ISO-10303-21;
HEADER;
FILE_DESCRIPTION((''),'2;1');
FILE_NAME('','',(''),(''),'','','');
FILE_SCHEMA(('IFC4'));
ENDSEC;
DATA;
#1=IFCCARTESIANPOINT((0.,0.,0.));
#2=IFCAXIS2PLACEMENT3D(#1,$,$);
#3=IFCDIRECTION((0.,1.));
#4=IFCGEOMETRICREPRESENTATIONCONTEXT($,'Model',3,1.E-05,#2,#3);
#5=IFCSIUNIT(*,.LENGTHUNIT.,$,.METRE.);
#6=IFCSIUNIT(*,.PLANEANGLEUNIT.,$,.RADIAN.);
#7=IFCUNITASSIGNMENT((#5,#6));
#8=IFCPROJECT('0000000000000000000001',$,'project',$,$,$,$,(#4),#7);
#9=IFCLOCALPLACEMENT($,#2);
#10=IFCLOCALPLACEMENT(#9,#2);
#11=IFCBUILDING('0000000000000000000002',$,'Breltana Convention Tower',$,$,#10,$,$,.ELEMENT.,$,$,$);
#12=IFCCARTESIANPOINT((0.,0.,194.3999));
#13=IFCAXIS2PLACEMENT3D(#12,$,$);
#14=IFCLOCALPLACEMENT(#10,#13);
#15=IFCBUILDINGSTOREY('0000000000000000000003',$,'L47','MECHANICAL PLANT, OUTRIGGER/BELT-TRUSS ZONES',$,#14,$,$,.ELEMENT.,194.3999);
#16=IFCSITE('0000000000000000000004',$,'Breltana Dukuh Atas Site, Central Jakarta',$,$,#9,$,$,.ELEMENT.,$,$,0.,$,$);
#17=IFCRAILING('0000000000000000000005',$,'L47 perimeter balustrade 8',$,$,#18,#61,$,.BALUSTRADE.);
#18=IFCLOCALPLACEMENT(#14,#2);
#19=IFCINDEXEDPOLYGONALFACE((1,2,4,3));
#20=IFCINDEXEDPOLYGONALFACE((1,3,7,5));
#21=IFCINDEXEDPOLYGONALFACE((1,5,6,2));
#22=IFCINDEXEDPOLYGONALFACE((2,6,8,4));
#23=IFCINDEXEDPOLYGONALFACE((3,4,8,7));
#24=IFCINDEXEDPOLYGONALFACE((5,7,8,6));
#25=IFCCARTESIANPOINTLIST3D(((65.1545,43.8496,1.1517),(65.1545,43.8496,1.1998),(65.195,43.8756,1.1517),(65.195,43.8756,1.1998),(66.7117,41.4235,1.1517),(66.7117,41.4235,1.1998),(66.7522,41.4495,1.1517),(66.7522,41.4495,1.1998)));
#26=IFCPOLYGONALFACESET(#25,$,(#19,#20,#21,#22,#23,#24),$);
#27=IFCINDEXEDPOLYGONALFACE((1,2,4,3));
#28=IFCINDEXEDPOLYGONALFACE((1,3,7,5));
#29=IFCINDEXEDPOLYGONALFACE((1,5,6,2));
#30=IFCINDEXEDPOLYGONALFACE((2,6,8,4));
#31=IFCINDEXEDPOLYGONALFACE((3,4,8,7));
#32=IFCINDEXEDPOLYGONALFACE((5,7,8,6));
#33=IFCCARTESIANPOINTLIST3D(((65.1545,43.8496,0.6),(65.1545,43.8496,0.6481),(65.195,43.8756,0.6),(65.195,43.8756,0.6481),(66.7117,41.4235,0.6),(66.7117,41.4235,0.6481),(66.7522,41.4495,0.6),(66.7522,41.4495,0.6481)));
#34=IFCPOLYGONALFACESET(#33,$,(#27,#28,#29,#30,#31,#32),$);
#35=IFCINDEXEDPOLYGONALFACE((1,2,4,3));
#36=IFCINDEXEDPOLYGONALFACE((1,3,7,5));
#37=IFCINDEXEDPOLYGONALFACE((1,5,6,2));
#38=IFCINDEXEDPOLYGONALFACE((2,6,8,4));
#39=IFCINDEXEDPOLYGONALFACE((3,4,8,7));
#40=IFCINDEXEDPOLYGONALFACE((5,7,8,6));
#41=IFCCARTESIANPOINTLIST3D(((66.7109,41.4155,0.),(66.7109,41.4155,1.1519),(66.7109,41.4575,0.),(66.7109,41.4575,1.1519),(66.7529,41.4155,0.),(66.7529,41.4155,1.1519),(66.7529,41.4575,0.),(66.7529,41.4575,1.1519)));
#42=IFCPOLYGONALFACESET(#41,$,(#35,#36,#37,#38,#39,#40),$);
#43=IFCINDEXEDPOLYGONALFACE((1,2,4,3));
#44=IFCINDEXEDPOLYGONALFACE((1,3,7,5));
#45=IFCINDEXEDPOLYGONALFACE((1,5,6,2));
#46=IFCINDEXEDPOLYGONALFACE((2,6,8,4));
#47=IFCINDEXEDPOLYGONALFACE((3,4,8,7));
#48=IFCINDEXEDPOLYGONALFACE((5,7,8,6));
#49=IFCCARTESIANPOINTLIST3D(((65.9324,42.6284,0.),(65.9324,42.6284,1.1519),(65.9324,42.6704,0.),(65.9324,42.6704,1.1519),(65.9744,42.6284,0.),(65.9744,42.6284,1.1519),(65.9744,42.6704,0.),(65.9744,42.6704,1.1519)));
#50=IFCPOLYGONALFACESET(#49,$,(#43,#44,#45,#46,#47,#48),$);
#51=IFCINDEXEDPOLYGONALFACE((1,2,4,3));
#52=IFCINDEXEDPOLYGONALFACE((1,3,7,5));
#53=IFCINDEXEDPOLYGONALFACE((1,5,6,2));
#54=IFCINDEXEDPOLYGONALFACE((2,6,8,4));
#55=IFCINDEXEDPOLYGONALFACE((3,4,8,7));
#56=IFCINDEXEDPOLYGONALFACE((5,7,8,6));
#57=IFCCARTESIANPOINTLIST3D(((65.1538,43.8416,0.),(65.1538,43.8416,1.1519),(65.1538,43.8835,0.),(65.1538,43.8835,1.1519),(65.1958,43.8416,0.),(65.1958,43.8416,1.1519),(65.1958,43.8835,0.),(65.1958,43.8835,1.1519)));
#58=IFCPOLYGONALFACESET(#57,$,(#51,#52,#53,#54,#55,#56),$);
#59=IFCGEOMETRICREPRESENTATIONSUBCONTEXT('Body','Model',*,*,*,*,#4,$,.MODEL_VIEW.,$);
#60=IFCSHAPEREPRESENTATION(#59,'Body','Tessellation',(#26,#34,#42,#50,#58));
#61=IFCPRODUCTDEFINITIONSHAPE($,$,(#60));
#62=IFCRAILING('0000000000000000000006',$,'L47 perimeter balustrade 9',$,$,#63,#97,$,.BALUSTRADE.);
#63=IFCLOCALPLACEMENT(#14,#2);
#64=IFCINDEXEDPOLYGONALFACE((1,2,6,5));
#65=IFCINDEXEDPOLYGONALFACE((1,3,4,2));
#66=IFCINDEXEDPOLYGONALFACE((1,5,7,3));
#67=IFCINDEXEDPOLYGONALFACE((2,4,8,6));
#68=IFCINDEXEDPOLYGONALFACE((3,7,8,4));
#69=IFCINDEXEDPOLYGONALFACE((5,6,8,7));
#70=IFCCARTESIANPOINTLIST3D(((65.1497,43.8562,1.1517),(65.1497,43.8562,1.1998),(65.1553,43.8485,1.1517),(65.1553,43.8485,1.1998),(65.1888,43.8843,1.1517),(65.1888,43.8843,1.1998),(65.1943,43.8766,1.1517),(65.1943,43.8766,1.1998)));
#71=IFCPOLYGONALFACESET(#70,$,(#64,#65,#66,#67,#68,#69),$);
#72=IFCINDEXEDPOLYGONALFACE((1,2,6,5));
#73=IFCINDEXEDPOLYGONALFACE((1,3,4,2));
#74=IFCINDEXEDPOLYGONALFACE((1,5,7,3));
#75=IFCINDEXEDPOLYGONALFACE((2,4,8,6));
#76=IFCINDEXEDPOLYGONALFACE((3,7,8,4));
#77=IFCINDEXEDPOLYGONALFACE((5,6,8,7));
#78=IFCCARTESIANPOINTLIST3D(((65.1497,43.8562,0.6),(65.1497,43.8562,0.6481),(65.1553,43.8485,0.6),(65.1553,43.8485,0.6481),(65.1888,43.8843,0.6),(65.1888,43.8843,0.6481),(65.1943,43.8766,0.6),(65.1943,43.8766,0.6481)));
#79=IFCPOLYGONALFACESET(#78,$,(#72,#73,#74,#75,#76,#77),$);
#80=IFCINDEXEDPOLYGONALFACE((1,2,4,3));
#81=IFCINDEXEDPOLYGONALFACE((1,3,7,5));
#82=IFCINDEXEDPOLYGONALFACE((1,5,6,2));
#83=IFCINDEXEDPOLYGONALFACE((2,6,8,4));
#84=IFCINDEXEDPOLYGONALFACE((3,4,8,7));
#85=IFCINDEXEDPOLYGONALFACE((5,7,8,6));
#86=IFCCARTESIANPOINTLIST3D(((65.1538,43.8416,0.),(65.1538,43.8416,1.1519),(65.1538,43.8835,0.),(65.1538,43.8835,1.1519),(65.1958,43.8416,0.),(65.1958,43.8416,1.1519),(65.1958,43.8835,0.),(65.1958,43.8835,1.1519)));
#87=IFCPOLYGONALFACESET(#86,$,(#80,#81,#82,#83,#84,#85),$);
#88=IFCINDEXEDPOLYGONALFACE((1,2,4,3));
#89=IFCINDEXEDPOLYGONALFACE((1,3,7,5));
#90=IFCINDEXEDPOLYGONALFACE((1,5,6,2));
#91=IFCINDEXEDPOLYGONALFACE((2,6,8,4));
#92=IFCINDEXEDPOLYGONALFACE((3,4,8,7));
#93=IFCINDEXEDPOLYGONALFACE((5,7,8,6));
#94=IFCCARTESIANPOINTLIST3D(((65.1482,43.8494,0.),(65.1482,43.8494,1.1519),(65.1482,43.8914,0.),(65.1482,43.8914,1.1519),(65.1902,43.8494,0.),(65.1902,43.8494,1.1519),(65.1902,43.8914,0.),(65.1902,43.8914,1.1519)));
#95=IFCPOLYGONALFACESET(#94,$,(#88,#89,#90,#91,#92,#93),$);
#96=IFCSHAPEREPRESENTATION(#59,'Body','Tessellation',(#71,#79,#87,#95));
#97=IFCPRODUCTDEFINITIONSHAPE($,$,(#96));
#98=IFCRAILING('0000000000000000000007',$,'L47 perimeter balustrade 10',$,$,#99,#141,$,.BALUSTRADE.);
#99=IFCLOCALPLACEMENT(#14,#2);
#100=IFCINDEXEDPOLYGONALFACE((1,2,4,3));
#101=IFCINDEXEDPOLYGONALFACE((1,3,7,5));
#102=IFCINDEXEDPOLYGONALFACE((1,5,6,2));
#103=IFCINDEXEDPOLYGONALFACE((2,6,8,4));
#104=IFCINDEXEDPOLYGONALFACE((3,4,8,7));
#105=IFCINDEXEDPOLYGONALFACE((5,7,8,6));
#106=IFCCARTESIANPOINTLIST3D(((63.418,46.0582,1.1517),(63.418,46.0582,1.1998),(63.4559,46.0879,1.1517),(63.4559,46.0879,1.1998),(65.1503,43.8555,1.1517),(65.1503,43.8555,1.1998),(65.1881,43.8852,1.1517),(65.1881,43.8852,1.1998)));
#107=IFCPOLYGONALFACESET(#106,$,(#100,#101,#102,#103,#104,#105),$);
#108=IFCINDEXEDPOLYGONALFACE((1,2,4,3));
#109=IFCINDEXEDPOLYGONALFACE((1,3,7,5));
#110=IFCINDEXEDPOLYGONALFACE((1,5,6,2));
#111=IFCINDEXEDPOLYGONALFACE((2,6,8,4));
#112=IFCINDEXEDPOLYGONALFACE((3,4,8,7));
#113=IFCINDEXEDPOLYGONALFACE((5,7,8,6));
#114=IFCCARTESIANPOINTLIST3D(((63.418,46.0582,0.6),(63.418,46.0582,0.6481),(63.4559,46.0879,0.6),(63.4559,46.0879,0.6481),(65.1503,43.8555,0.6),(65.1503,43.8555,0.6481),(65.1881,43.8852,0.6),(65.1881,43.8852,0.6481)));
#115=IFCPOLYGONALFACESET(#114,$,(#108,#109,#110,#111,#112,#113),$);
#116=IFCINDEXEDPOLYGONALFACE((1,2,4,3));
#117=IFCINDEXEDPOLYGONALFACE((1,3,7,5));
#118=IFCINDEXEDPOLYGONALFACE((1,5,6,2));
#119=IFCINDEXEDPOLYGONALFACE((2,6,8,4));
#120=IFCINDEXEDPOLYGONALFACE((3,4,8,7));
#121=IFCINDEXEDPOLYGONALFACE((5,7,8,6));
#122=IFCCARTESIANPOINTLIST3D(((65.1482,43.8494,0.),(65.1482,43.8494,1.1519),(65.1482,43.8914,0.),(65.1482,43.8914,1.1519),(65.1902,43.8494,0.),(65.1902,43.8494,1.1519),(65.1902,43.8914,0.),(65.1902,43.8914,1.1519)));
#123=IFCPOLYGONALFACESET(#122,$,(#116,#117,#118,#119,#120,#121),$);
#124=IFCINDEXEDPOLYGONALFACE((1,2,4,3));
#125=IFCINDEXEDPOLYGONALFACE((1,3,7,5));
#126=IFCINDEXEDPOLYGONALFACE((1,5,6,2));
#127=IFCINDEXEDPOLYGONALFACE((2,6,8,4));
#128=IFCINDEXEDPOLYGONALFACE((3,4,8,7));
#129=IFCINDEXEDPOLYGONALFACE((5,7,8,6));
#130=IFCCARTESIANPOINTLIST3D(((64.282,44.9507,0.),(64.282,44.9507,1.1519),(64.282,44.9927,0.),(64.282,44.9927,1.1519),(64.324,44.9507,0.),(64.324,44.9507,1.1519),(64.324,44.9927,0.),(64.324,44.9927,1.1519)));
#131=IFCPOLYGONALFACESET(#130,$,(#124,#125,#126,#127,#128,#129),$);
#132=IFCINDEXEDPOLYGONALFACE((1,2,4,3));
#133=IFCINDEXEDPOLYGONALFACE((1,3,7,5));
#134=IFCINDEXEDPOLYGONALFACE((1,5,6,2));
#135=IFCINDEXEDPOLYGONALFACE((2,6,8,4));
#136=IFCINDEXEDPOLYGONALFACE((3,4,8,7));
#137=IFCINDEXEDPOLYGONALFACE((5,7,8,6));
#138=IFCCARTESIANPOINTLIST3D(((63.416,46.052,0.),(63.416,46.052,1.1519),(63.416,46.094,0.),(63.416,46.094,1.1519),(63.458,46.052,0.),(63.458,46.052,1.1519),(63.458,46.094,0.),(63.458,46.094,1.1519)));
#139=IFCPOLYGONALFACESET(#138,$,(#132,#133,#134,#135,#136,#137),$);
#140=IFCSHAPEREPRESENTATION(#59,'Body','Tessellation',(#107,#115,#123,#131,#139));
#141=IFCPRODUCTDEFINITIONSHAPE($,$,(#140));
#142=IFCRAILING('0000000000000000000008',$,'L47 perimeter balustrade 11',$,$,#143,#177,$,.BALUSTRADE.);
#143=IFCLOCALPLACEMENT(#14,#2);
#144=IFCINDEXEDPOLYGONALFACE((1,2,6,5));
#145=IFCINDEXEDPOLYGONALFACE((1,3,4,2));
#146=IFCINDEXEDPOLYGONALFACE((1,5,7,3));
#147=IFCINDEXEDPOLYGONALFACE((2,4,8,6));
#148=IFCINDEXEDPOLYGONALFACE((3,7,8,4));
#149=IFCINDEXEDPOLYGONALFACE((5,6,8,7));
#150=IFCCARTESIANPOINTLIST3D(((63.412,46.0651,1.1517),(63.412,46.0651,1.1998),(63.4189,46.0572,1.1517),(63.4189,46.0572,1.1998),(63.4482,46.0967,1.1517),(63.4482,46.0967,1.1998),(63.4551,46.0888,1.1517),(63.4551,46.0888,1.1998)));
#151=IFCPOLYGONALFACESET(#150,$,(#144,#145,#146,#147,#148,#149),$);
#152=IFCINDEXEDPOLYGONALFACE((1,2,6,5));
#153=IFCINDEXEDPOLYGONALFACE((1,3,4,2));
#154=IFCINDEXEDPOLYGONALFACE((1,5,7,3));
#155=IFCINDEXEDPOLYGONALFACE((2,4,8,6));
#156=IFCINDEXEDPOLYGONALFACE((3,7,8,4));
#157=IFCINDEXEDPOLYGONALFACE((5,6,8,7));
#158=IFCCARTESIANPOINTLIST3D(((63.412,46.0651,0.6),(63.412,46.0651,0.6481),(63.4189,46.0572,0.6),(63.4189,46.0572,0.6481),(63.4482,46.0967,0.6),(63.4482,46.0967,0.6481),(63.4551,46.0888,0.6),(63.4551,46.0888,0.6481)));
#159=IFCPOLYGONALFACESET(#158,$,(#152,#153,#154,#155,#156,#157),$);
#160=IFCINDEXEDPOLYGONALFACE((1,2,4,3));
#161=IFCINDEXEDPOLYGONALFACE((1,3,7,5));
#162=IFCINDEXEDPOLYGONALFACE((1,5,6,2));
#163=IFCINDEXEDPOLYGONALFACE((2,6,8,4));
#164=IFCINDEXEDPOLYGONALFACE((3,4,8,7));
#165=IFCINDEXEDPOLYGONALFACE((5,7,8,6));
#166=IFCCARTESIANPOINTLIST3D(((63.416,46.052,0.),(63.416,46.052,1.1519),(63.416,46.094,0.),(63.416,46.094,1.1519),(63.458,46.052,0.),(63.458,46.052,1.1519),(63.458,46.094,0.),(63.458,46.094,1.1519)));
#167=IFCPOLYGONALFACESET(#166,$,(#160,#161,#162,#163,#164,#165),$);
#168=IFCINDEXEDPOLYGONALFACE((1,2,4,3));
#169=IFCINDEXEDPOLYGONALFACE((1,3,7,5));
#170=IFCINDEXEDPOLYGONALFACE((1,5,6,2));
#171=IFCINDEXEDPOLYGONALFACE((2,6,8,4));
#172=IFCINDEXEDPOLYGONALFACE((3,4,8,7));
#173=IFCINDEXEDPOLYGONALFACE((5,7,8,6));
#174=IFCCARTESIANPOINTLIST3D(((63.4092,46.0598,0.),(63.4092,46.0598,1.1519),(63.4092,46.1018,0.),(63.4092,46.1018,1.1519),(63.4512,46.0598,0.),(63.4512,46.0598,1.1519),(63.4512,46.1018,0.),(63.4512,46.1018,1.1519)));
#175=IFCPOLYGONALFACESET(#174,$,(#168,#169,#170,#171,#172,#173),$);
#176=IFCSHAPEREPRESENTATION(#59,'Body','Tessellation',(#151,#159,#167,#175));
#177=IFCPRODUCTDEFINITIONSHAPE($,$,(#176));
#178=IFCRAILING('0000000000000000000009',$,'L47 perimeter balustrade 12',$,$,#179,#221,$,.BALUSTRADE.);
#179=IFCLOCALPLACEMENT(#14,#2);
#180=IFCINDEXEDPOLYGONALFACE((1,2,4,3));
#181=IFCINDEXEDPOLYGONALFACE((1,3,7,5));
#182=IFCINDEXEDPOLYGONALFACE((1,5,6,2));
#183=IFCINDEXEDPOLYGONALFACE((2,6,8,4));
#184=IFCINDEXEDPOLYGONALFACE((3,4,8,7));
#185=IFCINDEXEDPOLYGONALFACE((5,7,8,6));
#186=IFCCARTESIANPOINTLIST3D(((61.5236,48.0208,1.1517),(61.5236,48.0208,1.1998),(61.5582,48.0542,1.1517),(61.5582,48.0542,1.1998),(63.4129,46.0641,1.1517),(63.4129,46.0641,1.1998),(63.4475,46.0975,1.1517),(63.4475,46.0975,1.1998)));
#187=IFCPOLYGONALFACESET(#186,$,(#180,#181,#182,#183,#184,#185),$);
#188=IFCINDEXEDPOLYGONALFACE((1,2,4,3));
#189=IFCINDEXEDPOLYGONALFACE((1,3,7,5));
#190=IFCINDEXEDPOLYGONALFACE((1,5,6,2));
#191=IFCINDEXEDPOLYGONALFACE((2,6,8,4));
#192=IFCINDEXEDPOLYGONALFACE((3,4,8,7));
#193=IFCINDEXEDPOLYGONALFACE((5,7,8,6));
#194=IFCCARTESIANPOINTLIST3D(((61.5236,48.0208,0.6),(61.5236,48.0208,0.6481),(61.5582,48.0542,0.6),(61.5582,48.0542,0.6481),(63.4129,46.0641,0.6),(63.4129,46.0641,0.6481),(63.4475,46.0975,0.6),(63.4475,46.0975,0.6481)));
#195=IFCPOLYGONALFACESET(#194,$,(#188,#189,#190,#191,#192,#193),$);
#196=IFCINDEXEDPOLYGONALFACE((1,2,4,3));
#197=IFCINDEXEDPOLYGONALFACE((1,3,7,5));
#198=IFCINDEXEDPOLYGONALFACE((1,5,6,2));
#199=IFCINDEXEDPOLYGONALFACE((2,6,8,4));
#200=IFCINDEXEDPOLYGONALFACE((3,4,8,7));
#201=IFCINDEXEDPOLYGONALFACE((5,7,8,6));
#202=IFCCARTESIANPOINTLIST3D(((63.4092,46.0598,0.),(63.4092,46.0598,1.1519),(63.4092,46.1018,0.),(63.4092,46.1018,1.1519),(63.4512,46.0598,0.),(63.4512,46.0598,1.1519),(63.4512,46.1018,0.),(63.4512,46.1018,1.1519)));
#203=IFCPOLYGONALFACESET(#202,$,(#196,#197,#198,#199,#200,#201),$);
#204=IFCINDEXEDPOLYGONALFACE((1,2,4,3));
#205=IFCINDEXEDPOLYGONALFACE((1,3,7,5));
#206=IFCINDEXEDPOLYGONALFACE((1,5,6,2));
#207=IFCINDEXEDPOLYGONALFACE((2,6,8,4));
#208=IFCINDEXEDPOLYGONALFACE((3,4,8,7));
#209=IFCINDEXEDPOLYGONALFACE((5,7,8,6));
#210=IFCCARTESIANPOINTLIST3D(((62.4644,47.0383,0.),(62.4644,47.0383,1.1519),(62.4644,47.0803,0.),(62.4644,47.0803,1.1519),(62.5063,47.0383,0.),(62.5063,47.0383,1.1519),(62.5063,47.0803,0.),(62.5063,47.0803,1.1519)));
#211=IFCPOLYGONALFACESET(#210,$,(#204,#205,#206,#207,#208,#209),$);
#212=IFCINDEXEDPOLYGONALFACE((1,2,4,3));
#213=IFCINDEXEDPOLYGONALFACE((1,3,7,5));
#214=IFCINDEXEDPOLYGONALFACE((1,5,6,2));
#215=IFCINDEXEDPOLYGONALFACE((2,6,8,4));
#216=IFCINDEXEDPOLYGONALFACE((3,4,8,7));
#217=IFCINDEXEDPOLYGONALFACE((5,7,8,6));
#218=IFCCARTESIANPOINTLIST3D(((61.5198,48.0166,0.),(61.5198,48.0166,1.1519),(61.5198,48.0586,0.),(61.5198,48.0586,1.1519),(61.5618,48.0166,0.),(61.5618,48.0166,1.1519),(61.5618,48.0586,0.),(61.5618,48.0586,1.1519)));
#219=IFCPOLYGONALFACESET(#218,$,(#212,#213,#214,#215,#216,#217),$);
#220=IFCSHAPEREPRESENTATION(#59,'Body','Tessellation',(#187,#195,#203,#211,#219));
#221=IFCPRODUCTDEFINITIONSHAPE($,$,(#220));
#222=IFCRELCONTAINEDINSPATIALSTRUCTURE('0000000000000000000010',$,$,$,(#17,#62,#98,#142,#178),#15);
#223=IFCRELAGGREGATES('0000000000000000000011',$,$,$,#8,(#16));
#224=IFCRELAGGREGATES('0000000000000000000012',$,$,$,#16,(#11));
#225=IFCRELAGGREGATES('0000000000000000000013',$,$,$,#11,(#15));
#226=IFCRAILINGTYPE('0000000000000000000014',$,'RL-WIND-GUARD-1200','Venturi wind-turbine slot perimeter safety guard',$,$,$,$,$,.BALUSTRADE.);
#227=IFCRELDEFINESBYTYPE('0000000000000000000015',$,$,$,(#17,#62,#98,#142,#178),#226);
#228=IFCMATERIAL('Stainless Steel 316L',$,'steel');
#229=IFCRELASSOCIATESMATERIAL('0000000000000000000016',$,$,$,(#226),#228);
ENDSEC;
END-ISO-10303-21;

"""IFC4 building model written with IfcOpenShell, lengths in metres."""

from ifc_helpers import new_model, si_unit, direction, frame, origin, origin_2d, place, context, subcontext, project, spatial, rectangle, extrude, material, type_object, element, save


model = new_model("IFC4")

# Units and contexts
model_context = context("Model", 3, precision=1e-05, world=origin(), true_north=direction((0.0, 1.0)))
body_context = subcontext(model_context, "Body", "Model", "MODEL_VIEW")
ifc_project = project(units=[si_unit("LENGTHUNIT", "METRE"), si_unit("PLANEANGLEUNIT", "RADIAN")], contexts=[model_context])

# Site, building, storey
site_placement = place(None, origin())
site = spatial("IfcSite", under=ifc_project, at=site_placement, Name="Breltana Dukuh Atas Site, Central Jakarta", CompositionType="ELEMENT", RefElevation=0.0)
building_placement = place(site_placement, origin())
building = spatial("IfcBuilding", under=site, at=building_placement, Name="Breltana Convention Tower", CompositionType="ELEMENT")
storey_placement = place(building_placement, frame((0.0, 0.0, 194.3999)))
storey = spatial("IfcBuildingStorey", under=building, at=storey_placement, Name="L47", Description="MECHANICAL PLANT, OUTRIGGER/BELT-TRUSS ZONES", CompositionType="ELEMENT", Elevation=194.3999)

# Railings
ifc_material_1 = material(Name="Stainless Steel 316L", Category="steel")
railing_type = type_object("IfcRailingType", Name="RL-WIND-GUARD-1200", Description="Venturi wind-turbine slot perimeter safety guard", PredefinedType="BALUSTRADE", material=ifc_material_1)
railing_1_placement = place(storey_placement, frame((66.7319, 41.4365, 0.0)))
element("IfcRailing", 1, at=railing_1_placement, inside=storey, type_object=railing_type, Name="L47 perimeter balustrade 8", PredefinedType="BALUSTRADE", context=body_context, shape_type="SweptSolid", body=[
    extrude(rectangle(XDim=0.0481, YDim=0.0481, at=origin_2d()), frame((0.0, 0.0, 1.1758), z_axis=(-0.540154, 0.841566, 0.0), x_axis=(-0.841566, -0.540154, 0.0)), (0.0, 0.0, 1.0), 2.8828),
    extrude(rectangle(XDim=0.0481, YDim=0.0481, at=origin_2d()), frame((0.0, 0.0, 0.624), z_axis=(-0.540154, 0.841566, 0.0), x_axis=(-0.841566, -0.540154, 0.0)), (0.0, 0.0, 1.0), 2.8828),
    extrude(rectangle(XDim=0.042, YDim=0.042, at=origin_2d()), origin(), (0.0, 0.0, 1.0), 1.1519),
    extrude(rectangle(XDim=0.042, YDim=0.042, at=origin_2d()), frame((-0.7786, 1.2129, 0.0)), (0.0, 0.0, 1.0), 1.1519),
    extrude(rectangle(XDim=0.042, YDim=0.042, at=origin_2d()), frame((-1.5571, 2.426, 0.0)), (0.0, 0.0, 1.0), 1.1519),
])
railing_2_placement = place(storey_placement, frame((65.1748, 43.8625, 0.0)))
element("IfcRailing", 2, at=railing_2_placement, inside=storey, type_object=railing_type, Name="L47 perimeter balustrade 9", PredefinedType="BALUSTRADE", context=body_context, shape_type="SweptSolid", body=[
    extrude(rectangle(XDim=0.0481, YDim=0.0481, at=origin_2d()), frame((0.0, 0.0, 1.1758), z_axis=(-0.583636, 0.812015, 0.0), x_axis=(-0.812015, -0.583636, 0.0)), (0.0, 0.0, 1.0), 0.0095),
    extrude(rectangle(XDim=0.0481, YDim=0.0481, at=origin_2d()), frame((0.0, 0.0, 0.624), z_axis=(-0.583636, 0.812015, 0.0), x_axis=(-0.812015, -0.583636, 0.0)), (0.0, 0.0, 1.0), 0.0095),
    extrude(rectangle(XDim=0.042, YDim=0.042, at=origin_2d()), origin(), (0.0, 0.0, 1.0), 1.1519),
    extrude(rectangle(XDim=0.042, YDim=0.042, at=origin_2d()), frame((-0.0056, 0.0078, 0.0)), (0.0, 0.0, 1.0), 1.1519),
])
railing_3_placement = place(storey_placement, frame((65.1692, 43.8704, 0.0)))
element("IfcRailing", 3, at=railing_3_placement, inside=storey, type_object=railing_type, Name="L47 perimeter balustrade 10", PredefinedType="BALUSTRADE", context=body_context, shape_type="SweptSolid", body=[
    extrude(rectangle(XDim=0.0481, YDim=0.0481, at=origin_2d()), frame((0.0, 0.0, 1.1758), z_axis=(-0.61816, 0.786052, 0.0), x_axis=(-0.786052, -0.61816, 0.0)), (0.0, 0.0, 1.0), 2.8022),
    extrude(rectangle(XDim=0.0481, YDim=0.0481, at=origin_2d()), frame((0.0, 0.0, 0.624), z_axis=(-0.61816, 0.786052, 0.0), x_axis=(-0.786052, -0.61816, 0.0)), (0.0, 0.0, 1.0), 2.8022),
    extrude(rectangle(XDim=0.042, YDim=0.042, at=origin_2d()), origin(), (0.0, 0.0, 1.0), 1.1519),
    extrude(rectangle(XDim=0.042, YDim=0.042, at=origin_2d()), frame((-0.8662, 1.1013, 0.0)), (0.0, 0.0, 1.0), 1.1519),
    extrude(rectangle(XDim=0.042, YDim=0.042, at=origin_2d()), frame((-1.7322, 2.2026, 0.0)), (0.0, 0.0, 1.0), 1.1519),
])
railing_4_placement = place(storey_placement, frame((63.437, 46.073, 0.0)))
element("IfcRailing", 4, at=railing_4_placement, inside=storey, type_object=railing_type, Name="L47 perimeter balustrade 11", PredefinedType="BALUSTRADE", context=body_context, shape_type="SweptSolid", body=[
    extrude(rectangle(XDim=0.0481, YDim=0.0481, at=origin_2d()), frame((0.0, 0.0, 1.1758), z_axis=(-0.658505, 0.752577, 0.0), x_axis=(-0.752577, -0.658505, 0.0)), (0.0, 0.0, 1.0), 0.0105),
    extrude(rectangle(XDim=0.0481, YDim=0.0481, at=origin_2d()), frame((0.0, 0.0, 0.624), z_axis=(-0.658505, 0.752577, 0.0), x_axis=(-0.752577, -0.658505, 0.0)), (0.0, 0.0, 1.0), 0.0105),
    extrude(rectangle(XDim=0.042, YDim=0.042, at=origin_2d()), origin(), (0.0, 0.0, 1.0), 1.1519),
    extrude(rectangle(XDim=0.042, YDim=0.042, at=origin_2d()), frame((-0.0068, 0.0078, 0.0)), (0.0, 0.0, 1.0), 1.1519),
])
railing_5_placement = place(storey_placement, frame((63.4302, 46.0808, 0.0)))
element("IfcRailing", 5, at=railing_5_placement, inside=storey, type_object=railing_type, Name="L47 perimeter balustrade 12", PredefinedType="BALUSTRADE", context=body_context, shape_type="SweptSolid", body=[
    extrude(rectangle(XDim=0.0481, YDim=0.0481, at=origin_2d()), frame((0.0, 0.0, 1.1758), z_axis=(-0.694612, 0.719384, 0.0), x_axis=(-0.719384, -0.694612, 0.0)), (0.0, 0.0, 1.0), 2.72),
    extrude(rectangle(XDim=0.0481, YDim=0.0481, at=origin_2d()), frame((0.0, 0.0, 0.624), z_axis=(-0.694612, 0.719384, 0.0), x_axis=(-0.719384, -0.694612, 0.0)), (0.0, 0.0, 1.0), 2.72),
    extrude(rectangle(XDim=0.042, YDim=0.042, at=origin_2d()), origin(), (0.0, 0.0, 1.0), 1.1519),
    extrude(rectangle(XDim=0.042, YDim=0.042, at=origin_2d()), frame((-0.9448, 0.9785, 0.0)), (0.0, 0.0, 1.0), 1.1519),
    extrude(rectangle(XDim=0.042, YDim=0.042, at=origin_2d()), frame((-1.8894, 1.9568, 0.0)), (0.0, 0.0, 1.0), 1.1519),
])

save(model, "model.ifc")
